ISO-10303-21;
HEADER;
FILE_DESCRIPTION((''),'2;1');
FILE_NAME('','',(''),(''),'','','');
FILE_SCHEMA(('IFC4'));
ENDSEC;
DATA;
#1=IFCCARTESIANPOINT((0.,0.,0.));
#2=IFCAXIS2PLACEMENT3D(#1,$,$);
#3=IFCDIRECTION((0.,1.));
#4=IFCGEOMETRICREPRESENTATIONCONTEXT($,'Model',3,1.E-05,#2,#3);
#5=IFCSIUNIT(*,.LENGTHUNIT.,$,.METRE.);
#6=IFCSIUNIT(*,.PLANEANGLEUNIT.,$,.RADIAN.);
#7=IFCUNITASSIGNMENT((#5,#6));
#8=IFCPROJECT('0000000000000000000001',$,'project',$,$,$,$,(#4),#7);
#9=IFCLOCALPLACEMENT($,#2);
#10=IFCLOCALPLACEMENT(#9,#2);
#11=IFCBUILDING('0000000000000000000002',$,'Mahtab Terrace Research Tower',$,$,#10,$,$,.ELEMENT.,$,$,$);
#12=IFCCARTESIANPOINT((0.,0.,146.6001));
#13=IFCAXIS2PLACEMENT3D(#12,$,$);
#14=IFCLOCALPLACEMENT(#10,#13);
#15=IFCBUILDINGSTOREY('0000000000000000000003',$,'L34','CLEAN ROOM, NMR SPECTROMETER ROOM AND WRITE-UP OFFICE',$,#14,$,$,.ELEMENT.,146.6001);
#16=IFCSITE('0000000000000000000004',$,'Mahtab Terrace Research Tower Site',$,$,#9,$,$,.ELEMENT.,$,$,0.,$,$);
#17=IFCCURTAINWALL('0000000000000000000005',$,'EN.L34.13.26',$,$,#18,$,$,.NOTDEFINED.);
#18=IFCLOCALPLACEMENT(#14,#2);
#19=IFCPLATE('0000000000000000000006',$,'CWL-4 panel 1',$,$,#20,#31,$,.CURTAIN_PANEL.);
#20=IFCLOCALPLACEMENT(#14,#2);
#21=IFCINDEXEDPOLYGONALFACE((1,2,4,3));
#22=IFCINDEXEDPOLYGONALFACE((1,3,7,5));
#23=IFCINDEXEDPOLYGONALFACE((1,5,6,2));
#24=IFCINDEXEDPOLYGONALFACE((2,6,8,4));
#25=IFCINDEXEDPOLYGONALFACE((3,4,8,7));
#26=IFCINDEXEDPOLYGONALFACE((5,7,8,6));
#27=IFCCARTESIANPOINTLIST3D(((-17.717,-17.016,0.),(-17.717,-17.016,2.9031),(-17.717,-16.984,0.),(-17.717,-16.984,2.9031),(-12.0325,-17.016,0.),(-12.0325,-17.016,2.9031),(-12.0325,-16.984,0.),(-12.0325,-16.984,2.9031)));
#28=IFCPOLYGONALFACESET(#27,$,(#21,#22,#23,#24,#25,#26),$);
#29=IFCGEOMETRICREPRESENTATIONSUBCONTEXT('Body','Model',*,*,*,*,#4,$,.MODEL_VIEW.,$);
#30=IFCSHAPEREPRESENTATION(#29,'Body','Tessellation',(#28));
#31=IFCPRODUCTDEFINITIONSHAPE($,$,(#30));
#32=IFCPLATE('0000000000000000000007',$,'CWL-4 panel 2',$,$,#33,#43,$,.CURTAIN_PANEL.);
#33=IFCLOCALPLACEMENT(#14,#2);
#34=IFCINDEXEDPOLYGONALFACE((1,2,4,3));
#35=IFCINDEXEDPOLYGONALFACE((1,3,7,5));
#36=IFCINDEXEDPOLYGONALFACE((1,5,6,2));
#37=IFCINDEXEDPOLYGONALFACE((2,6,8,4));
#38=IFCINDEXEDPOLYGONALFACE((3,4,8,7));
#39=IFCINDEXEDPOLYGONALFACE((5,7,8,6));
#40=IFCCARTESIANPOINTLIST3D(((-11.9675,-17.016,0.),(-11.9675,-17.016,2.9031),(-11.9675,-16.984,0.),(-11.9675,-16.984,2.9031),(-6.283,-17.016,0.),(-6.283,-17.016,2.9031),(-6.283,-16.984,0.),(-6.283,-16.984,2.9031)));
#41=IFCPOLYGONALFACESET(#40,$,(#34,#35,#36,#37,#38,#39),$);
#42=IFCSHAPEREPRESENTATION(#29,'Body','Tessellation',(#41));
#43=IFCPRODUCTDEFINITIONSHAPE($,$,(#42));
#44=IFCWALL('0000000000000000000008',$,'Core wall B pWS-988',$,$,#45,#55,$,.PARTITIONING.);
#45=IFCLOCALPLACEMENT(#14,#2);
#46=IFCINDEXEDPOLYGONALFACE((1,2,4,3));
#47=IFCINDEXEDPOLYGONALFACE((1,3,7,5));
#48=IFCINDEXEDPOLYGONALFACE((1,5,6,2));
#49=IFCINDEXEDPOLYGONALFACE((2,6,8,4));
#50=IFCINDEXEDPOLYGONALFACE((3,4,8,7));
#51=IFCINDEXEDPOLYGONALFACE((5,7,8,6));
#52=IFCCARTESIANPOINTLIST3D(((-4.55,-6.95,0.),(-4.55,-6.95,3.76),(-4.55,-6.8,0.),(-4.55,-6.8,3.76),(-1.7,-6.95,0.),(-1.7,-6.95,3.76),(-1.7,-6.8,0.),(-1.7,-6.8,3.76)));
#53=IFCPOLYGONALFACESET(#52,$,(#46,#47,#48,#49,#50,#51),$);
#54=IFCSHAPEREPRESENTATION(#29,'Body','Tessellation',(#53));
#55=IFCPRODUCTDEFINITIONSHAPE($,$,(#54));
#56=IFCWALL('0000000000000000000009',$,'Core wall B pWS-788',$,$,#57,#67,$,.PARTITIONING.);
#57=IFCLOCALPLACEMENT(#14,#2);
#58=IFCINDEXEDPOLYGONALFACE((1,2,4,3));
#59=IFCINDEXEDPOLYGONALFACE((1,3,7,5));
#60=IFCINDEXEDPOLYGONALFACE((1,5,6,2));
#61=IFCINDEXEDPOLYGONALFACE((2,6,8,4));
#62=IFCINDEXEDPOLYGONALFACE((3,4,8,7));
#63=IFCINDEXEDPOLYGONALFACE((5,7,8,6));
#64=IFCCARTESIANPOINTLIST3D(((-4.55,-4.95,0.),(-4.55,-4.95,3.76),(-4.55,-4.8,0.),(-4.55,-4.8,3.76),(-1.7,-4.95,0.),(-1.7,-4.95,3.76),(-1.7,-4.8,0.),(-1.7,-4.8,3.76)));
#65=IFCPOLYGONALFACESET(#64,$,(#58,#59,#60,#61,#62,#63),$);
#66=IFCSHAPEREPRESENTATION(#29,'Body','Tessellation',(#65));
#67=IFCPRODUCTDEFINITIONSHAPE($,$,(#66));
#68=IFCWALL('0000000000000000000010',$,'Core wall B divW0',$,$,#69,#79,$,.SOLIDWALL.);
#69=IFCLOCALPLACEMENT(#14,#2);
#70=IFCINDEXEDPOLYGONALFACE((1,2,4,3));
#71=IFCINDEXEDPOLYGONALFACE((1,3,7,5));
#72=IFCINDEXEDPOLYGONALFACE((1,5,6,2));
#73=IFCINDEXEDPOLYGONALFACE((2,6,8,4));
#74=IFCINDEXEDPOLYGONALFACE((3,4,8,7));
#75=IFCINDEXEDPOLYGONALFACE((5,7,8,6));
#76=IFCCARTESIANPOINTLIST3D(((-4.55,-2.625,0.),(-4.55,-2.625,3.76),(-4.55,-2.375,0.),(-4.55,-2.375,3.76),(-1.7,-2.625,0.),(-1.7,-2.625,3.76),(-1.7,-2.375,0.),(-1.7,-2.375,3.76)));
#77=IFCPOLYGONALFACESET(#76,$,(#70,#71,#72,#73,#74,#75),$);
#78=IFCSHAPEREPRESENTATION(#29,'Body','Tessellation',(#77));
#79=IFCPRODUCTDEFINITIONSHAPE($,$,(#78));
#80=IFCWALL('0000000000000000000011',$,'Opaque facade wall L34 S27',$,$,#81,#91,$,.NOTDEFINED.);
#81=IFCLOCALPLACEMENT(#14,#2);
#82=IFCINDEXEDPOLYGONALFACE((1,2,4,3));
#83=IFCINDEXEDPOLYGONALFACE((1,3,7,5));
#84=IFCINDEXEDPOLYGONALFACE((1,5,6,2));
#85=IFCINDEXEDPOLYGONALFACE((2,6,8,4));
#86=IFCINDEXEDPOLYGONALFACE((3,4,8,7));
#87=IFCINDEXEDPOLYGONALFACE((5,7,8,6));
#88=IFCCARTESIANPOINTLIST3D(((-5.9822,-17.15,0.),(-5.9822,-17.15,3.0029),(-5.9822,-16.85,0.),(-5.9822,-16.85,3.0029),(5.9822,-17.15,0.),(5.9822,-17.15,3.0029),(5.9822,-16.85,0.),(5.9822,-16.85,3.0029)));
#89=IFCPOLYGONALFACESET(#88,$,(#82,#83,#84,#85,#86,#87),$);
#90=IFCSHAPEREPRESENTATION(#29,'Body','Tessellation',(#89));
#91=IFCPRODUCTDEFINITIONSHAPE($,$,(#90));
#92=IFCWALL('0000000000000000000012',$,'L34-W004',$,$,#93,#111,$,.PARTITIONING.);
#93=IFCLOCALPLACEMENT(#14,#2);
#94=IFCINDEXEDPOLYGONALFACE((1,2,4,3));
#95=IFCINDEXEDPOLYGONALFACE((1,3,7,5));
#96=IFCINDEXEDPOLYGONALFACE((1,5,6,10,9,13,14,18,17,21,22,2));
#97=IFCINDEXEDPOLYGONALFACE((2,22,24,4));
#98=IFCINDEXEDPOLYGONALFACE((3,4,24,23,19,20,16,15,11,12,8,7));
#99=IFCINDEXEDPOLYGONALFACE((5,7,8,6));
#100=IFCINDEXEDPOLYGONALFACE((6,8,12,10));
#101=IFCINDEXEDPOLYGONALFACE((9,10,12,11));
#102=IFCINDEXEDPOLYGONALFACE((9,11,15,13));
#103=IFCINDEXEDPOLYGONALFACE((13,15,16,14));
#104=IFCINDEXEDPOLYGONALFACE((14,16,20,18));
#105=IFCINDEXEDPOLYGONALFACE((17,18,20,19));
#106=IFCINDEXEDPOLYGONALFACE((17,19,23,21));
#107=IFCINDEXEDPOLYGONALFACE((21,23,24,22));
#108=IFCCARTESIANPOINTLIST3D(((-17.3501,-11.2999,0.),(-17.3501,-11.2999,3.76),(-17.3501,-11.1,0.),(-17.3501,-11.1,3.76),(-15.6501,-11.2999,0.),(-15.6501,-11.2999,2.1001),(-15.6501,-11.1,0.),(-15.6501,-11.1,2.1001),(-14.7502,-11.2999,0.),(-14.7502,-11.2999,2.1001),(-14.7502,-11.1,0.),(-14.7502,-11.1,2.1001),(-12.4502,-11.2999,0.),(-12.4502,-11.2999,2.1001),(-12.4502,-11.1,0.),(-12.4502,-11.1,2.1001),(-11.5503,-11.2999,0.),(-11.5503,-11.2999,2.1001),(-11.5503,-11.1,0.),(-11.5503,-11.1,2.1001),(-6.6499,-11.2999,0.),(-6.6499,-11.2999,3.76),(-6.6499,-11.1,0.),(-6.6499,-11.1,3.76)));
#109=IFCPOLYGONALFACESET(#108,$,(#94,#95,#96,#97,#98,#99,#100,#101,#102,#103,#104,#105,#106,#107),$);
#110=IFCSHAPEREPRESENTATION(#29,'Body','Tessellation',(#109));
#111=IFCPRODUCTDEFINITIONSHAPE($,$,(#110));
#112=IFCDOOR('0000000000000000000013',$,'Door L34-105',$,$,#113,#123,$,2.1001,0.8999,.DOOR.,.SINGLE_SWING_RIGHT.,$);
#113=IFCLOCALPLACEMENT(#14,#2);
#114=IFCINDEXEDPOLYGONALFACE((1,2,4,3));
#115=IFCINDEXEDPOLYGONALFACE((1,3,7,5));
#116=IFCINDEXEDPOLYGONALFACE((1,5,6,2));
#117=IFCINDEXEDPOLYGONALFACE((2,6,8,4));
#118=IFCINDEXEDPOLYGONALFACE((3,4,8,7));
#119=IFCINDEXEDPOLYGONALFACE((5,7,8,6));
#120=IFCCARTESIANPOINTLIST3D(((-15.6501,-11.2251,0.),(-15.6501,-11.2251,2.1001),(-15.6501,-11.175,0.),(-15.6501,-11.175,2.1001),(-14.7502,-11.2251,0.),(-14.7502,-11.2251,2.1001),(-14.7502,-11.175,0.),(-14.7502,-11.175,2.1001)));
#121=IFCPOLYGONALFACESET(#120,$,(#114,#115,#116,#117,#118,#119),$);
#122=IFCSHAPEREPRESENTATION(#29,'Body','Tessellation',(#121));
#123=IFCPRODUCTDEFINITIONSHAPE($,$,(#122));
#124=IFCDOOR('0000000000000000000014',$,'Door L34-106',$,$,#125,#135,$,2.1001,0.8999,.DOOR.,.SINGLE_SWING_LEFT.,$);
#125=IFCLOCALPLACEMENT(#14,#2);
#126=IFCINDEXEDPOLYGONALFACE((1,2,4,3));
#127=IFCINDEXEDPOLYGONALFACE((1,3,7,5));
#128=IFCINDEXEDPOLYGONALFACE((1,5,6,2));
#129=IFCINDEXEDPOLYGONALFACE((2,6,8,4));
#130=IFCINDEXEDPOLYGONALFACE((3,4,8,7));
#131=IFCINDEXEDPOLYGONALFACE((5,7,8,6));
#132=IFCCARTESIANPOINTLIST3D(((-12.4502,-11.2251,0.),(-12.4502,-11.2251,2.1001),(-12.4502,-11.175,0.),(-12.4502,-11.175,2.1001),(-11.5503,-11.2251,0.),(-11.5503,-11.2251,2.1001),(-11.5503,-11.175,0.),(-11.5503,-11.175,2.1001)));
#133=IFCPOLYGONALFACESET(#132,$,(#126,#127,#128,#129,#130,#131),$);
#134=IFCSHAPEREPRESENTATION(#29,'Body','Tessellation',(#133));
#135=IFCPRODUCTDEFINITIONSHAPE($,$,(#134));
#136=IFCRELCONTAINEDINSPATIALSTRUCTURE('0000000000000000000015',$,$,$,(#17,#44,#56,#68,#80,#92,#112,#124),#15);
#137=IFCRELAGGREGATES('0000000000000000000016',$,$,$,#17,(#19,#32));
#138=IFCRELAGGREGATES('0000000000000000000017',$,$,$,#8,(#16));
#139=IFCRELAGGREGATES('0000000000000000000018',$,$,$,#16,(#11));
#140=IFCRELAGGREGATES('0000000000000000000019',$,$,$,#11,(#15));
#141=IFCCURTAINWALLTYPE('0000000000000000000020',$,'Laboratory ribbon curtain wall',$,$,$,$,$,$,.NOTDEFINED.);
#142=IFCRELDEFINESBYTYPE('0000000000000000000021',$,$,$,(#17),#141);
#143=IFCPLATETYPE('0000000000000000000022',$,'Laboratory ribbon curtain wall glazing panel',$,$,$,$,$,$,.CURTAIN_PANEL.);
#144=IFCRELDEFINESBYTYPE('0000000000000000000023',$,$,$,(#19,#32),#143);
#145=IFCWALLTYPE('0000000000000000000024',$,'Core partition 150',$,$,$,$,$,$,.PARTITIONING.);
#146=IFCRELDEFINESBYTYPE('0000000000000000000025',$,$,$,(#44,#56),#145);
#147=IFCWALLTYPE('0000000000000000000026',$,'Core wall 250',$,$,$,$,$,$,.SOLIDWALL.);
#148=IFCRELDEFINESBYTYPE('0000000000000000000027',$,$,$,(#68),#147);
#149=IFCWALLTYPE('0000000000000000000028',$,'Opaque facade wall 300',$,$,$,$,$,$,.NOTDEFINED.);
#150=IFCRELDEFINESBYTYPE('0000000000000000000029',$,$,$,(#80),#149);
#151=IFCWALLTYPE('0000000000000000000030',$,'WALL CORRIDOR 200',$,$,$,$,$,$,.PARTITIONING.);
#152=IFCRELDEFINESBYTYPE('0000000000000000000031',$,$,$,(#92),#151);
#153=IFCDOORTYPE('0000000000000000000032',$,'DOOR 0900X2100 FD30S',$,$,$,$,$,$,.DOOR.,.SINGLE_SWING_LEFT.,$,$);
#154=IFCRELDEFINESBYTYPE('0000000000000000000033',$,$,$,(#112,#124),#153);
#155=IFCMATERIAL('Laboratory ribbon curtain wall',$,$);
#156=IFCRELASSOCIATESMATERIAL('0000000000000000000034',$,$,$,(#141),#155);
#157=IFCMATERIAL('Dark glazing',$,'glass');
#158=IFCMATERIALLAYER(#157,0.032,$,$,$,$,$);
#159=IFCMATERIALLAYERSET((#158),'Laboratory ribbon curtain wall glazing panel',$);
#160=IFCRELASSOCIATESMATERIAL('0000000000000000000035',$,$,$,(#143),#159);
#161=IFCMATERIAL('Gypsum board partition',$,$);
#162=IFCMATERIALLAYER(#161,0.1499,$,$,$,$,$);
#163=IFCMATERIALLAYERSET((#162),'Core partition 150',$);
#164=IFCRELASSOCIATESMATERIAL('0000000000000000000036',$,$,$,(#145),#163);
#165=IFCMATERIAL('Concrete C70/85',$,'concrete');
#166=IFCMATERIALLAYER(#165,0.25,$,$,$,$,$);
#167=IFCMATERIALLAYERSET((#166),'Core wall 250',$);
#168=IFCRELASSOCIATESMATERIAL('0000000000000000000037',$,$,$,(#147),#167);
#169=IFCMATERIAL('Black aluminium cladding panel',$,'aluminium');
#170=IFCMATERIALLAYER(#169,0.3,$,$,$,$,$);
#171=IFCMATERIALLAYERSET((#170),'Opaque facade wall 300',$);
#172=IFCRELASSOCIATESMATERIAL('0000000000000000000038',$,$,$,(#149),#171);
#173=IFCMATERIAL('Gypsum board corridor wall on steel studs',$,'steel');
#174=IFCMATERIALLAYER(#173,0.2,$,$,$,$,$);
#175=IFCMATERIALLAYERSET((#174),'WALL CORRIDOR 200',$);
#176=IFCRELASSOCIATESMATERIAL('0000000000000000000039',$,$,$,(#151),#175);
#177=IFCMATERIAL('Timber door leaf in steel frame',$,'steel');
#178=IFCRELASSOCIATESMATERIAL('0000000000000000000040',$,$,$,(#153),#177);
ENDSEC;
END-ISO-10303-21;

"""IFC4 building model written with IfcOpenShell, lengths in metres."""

from ifc_helpers import new_model, si_unit, direction, frame, frame_2d, origin, origin_2d, place, context, subcontext, project, spatial, rectangle, extrude, material, layer, layer_set, type_object, element, fill, aggregate, save


model = new_model("IFC4")

# Units and contexts
model_context = context("Model", 3, precision=1e-05, world=origin(), true_north=direction((0.0, 1.0)))
body_context = subcontext(model_context, "Body", "Model", "MODEL_VIEW")
ifc_project = project(units=[si_unit("LENGTHUNIT", "METRE"), si_unit("PLANEANGLEUNIT", "RADIAN")], contexts=[model_context])

# Site, building, storey
site_placement = place(None, origin())
site = spatial("IfcSite", under=ifc_project, at=site_placement, Name="Mahtab Terrace Research Tower Site", CompositionType="ELEMENT", RefElevation=0.0)
building_placement = place(site_placement, origin())
building = spatial("IfcBuilding", under=site, at=building_placement, Name="Mahtab Terrace Research Tower", CompositionType="ELEMENT")
storey_placement = place(building_placement, frame((0.0, 0.0, 146.6001)))
storey = spatial("IfcBuildingStorey", under=building, at=storey_placement, Name="L34", Description="CLEAN ROOM, NMR SPECTROMETER ROOM AND WRITE-UP OFFICE", CompositionType="ELEMENT", Elevation=146.6001)

# Shared definitions
ifc_material_1 = material(Name="Concrete C70/85", Category="concrete")

# Curtain wall
ifc_material_2 = material(Name="Laboratory ribbon curtain wall")
curtain_wall_type = type_object("IfcCurtainWallType", Name="Laboratory ribbon curtain wall", PredefinedType="NOTDEFINED", material=ifc_material_2)
curtain_wall_placement = place(storey_placement, origin())
curtain_wall = element("IfcCurtainWall", 1, at=curtain_wall_placement, inside=storey, type_object=curtain_wall_type, Name="EN.L34.13.26", PredefinedType="NOTDEFINED")

# Plates
ifc_material_3 = material(Name="Dark glazing", Category="glass")
ifc_layer_1 = layer(ifc_material_3, 0.032)
ifc_layer_set_1 = layer_set([ifc_layer_1], Name="Laboratory ribbon curtain wall glazing panel")
plate_type = type_object("IfcPlateType", Name="Laboratory ribbon curtain wall glazing panel", PredefinedType="CURTAIN_PANEL", material=ifc_layer_set_1)
plate_1_placement = place(storey_placement, frame((-14.8748, -17.0, 0.0), z_axis=(0.0, 0.0, 1.0), x_axis=(1.0, 0.0, 0.0)))
plate_1 = element("IfcPlate", 2, at=plate_1_placement, type_object=plate_type, Name="CWL-4 panel 1", PredefinedType="CURTAIN_PANEL", context=body_context, shape_type="SweptSolid", body=[
    extrude(rectangle(XDim=5.6846, YDim=0.032, at=origin_2d()), origin(), (0.0, 0.0, 1.0), 2.9031),
])
plate_2_placement = place(storey_placement, frame((-9.1252, -17.0, 0.0), z_axis=(0.0, 0.0, 1.0), x_axis=(1.0, 0.0, 0.0)))
plate_2 = element("IfcPlate", 3, at=plate_2_placement, type_object=plate_type, Name="CWL-4 panel 2", PredefinedType="CURTAIN_PANEL", context=body_context, shape_type="SweptSolid", body=[
    extrude(rectangle(XDim=5.6846, YDim=0.032, at=origin_2d()), origin(), (0.0, 0.0, 1.0), 2.9031),
])
aggregate(curtain_wall, [plate_1, plate_2])

# Walls
ifc_material_4 = material(Name="Gypsum board partition")
ifc_layer_2 = layer(ifc_material_4, 0.1499)
ifc_layer_set_2 = layer_set([ifc_layer_2], Name="Core partition 150")
wall_type_1 = type_object("IfcWallType", Name="Core partition 150", PredefinedType="PARTITIONING", material=ifc_layer_set_2)
for number, where, z_axis, x_axis, name in (
    (4, (-4.55, -6.875, 0.0), (0.0, 0.0, 1.0), (1.0, 0.0, 0.0), "Core wall B pWS-988"),
    (5, (-4.55, -4.875, 0.0), (0.0, 0.0, 1.0), (1.0, 0.0, 0.0), "Core wall B pWS-788"),
):
    element("IfcWall", number, at=place(storey_placement, frame(where, z_axis=z_axis, x_axis=x_axis)), inside=storey, type_object=wall_type_1, Name=name, PredefinedType="PARTITIONING", context=body_context, shape_type="SweptSolid", body=[
        extrude(rectangle(XDim=2.8501, YDim=0.1499, at=frame_2d((1.425, 0.0))), origin(), (0.0, 0.0, 1.0), 3.76),
    ])
ifc_layer_3 = layer(ifc_material_1, 0.25)
ifc_layer_set_3 = layer_set([ifc_layer_3], Name="Core wall 250")
wall_type_2 = type_object("IfcWallType", Name="Core wall 250", PredefinedType="SOLIDWALL", material=ifc_layer_set_3)
wall_1_placement = place(storey_placement, frame((-4.55, -2.5, 0.0), z_axis=(0.0, 0.0, 1.0), x_axis=(1.0, 0.0, 0.0)))
element("IfcWall", 6, at=wall_1_placement, inside=storey, type_object=wall_type_2, Name="Core wall B divW0", PredefinedType="SOLIDWALL", context=body_context, shape_type="SweptSolid", body=[
    extrude(rectangle(XDim=2.8501, YDim=0.25, at=frame_2d((1.425, 0.0))), origin(), (0.0, 0.0, 1.0), 3.76),
])
ifc_material_5 = material(Name="Black aluminium cladding panel", Category="aluminium")
ifc_layer_4 = layer(ifc_material_5, 0.3)
ifc_layer_set_4 = layer_set([ifc_layer_4], Name="Opaque facade wall 300")
wall_type_3 = type_object("IfcWallType", Name="Opaque facade wall 300", PredefinedType="NOTDEFINED", material=ifc_layer_set_4)
wall_2_placement = place(storey_placement, frame((-5.9822, -17.0, 0.0), z_axis=(0.0, 0.0, 1.0), x_axis=(1.0, 0.0, 0.0)))
element("IfcWall", 7, at=wall_2_placement, inside=storey, type_object=wall_type_3, Name="Opaque facade wall L34 S27", PredefinedType="NOTDEFINED", context=body_context, shape_type="SweptSolid", body=[
    extrude(rectangle(XDim=11.9644, YDim=0.3, at=frame_2d((5.9822, 0.0))), origin(), (0.0, 0.0, 1.0), 3.0029),
])

# Wall, openings, doors
ifc_material_6 = material(Name="Gypsum board corridor wall on steel studs", Category="steel")
ifc_layer_5 = layer(ifc_material_6, 0.2)
ifc_layer_set_5 = layer_set([ifc_layer_5], Name="WALL CORRIDOR 200")
wall_type_4 = type_object("IfcWallType", Name="WALL CORRIDOR 200", PredefinedType="PARTITIONING", material=ifc_layer_set_5)
wall_3_placement = place(storey_placement, frame((-17.3501, -11.2, 0.0), z_axis=(0.0, 0.0, 1.0), x_axis=(1.0, 0.0, 0.0)))
wall_3 = element("IfcWall", 8, at=wall_3_placement, inside=storey, type_object=wall_type_4, Name="L34-W004", PredefinedType="PARTITIONING", context=body_context, shape_type="SweptSolid", body=[
    extrude(rectangle(XDim=10.7002, YDim=0.2, at=frame_2d((5.3501, 0.0))), origin(), (0.0, 0.0, 1.0), 3.76),
])
opening_1_placement = place(wall_3_placement, frame((1.7, 0.0, 0.0)))
opening_1 = element("IfcOpeningElement", 9, at=opening_1_placement, cuts=wall_3, PredefinedType="OPENING", context=body_context, shape_type="SweptSolid", body=[
    extrude(rectangle(XDim=0.8999, YDim=2.1001, at=frame_2d((0.45, 1.05))), frame((0.0, 0.1099, 0.0), z_axis=(0.0, -1.0, 0.0), x_axis=(1.0, 0.0, 0.0)), (0.0, 0.0, 1.0), 0.22),
])
opening_2_placement = place(wall_3_placement, frame((4.8999, 0.0, 0.0)))
opening_2 = element("IfcOpeningElement", 10, at=opening_2_placement, cuts=wall_3, PredefinedType="OPENING", context=body_context, shape_type="SweptSolid", body=[
    extrude(rectangle(XDim=0.8999, YDim=2.1001, at=frame_2d((0.45, 1.05))), frame((0.0, 0.1099, 0.0), z_axis=(0.0, -1.0, 0.0), x_axis=(1.0, 0.0, 0.0)), (0.0, 0.0, 1.0), 0.22),
])
ifc_material_7 = material(Name="Timber door leaf in steel frame", Category="steel")
door_type_1 = type_object("IfcDoorType", Name="DOOR 0900X2100 FD30S", OperationType="SINGLE_SWING_LEFT", PredefinedType="DOOR", material=ifc_material_7)
door_1_placement = place(opening_1_placement, origin())
door_1 = element("IfcDoor", 11, at=door_1_placement, inside=storey, type_object=door_type_1, Name="Door L34-105", OperationType="SINGLE_SWING_RIGHT", OverallHeight=2.1001, OverallWidth=0.8999, PredefinedType="DOOR", context=body_context, shape_type="SweptSolid", body=[
    extrude(rectangle(XDim=0.8999, YDim=2.1001, at=frame_2d((0.45, 1.05))), frame((0.0, 0.0249, 0.0), z_axis=(0.0, -1.0, 0.0), x_axis=(1.0, 0.0, 0.0)), (0.0, 0.0, 1.0), 0.05),
])
fill(opening_1, door_1)
door_2_placement = place(opening_2_placement, origin())
door_2 = element("IfcDoor", 12, at=door_2_placement, inside=storey, type_object=door_type_1, Name="Door L34-106", OperationType="SINGLE_SWING_LEFT", OverallHeight=2.1001, OverallWidth=0.8999, PredefinedType="DOOR", context=body_context, shape_type="SweptSolid", body=[
    extrude(rectangle(XDim=0.8999, YDim=2.1001, at=frame_2d((0.45, 1.05))), frame((0.0, 0.0249, 0.0), z_axis=(0.0, -1.0, 0.0), x_axis=(1.0, 0.0, 0.0)), (0.0, 0.0, 1.0), 0.05),
])
fill(opening_2, door_2)

save(model, "model.ifc")
